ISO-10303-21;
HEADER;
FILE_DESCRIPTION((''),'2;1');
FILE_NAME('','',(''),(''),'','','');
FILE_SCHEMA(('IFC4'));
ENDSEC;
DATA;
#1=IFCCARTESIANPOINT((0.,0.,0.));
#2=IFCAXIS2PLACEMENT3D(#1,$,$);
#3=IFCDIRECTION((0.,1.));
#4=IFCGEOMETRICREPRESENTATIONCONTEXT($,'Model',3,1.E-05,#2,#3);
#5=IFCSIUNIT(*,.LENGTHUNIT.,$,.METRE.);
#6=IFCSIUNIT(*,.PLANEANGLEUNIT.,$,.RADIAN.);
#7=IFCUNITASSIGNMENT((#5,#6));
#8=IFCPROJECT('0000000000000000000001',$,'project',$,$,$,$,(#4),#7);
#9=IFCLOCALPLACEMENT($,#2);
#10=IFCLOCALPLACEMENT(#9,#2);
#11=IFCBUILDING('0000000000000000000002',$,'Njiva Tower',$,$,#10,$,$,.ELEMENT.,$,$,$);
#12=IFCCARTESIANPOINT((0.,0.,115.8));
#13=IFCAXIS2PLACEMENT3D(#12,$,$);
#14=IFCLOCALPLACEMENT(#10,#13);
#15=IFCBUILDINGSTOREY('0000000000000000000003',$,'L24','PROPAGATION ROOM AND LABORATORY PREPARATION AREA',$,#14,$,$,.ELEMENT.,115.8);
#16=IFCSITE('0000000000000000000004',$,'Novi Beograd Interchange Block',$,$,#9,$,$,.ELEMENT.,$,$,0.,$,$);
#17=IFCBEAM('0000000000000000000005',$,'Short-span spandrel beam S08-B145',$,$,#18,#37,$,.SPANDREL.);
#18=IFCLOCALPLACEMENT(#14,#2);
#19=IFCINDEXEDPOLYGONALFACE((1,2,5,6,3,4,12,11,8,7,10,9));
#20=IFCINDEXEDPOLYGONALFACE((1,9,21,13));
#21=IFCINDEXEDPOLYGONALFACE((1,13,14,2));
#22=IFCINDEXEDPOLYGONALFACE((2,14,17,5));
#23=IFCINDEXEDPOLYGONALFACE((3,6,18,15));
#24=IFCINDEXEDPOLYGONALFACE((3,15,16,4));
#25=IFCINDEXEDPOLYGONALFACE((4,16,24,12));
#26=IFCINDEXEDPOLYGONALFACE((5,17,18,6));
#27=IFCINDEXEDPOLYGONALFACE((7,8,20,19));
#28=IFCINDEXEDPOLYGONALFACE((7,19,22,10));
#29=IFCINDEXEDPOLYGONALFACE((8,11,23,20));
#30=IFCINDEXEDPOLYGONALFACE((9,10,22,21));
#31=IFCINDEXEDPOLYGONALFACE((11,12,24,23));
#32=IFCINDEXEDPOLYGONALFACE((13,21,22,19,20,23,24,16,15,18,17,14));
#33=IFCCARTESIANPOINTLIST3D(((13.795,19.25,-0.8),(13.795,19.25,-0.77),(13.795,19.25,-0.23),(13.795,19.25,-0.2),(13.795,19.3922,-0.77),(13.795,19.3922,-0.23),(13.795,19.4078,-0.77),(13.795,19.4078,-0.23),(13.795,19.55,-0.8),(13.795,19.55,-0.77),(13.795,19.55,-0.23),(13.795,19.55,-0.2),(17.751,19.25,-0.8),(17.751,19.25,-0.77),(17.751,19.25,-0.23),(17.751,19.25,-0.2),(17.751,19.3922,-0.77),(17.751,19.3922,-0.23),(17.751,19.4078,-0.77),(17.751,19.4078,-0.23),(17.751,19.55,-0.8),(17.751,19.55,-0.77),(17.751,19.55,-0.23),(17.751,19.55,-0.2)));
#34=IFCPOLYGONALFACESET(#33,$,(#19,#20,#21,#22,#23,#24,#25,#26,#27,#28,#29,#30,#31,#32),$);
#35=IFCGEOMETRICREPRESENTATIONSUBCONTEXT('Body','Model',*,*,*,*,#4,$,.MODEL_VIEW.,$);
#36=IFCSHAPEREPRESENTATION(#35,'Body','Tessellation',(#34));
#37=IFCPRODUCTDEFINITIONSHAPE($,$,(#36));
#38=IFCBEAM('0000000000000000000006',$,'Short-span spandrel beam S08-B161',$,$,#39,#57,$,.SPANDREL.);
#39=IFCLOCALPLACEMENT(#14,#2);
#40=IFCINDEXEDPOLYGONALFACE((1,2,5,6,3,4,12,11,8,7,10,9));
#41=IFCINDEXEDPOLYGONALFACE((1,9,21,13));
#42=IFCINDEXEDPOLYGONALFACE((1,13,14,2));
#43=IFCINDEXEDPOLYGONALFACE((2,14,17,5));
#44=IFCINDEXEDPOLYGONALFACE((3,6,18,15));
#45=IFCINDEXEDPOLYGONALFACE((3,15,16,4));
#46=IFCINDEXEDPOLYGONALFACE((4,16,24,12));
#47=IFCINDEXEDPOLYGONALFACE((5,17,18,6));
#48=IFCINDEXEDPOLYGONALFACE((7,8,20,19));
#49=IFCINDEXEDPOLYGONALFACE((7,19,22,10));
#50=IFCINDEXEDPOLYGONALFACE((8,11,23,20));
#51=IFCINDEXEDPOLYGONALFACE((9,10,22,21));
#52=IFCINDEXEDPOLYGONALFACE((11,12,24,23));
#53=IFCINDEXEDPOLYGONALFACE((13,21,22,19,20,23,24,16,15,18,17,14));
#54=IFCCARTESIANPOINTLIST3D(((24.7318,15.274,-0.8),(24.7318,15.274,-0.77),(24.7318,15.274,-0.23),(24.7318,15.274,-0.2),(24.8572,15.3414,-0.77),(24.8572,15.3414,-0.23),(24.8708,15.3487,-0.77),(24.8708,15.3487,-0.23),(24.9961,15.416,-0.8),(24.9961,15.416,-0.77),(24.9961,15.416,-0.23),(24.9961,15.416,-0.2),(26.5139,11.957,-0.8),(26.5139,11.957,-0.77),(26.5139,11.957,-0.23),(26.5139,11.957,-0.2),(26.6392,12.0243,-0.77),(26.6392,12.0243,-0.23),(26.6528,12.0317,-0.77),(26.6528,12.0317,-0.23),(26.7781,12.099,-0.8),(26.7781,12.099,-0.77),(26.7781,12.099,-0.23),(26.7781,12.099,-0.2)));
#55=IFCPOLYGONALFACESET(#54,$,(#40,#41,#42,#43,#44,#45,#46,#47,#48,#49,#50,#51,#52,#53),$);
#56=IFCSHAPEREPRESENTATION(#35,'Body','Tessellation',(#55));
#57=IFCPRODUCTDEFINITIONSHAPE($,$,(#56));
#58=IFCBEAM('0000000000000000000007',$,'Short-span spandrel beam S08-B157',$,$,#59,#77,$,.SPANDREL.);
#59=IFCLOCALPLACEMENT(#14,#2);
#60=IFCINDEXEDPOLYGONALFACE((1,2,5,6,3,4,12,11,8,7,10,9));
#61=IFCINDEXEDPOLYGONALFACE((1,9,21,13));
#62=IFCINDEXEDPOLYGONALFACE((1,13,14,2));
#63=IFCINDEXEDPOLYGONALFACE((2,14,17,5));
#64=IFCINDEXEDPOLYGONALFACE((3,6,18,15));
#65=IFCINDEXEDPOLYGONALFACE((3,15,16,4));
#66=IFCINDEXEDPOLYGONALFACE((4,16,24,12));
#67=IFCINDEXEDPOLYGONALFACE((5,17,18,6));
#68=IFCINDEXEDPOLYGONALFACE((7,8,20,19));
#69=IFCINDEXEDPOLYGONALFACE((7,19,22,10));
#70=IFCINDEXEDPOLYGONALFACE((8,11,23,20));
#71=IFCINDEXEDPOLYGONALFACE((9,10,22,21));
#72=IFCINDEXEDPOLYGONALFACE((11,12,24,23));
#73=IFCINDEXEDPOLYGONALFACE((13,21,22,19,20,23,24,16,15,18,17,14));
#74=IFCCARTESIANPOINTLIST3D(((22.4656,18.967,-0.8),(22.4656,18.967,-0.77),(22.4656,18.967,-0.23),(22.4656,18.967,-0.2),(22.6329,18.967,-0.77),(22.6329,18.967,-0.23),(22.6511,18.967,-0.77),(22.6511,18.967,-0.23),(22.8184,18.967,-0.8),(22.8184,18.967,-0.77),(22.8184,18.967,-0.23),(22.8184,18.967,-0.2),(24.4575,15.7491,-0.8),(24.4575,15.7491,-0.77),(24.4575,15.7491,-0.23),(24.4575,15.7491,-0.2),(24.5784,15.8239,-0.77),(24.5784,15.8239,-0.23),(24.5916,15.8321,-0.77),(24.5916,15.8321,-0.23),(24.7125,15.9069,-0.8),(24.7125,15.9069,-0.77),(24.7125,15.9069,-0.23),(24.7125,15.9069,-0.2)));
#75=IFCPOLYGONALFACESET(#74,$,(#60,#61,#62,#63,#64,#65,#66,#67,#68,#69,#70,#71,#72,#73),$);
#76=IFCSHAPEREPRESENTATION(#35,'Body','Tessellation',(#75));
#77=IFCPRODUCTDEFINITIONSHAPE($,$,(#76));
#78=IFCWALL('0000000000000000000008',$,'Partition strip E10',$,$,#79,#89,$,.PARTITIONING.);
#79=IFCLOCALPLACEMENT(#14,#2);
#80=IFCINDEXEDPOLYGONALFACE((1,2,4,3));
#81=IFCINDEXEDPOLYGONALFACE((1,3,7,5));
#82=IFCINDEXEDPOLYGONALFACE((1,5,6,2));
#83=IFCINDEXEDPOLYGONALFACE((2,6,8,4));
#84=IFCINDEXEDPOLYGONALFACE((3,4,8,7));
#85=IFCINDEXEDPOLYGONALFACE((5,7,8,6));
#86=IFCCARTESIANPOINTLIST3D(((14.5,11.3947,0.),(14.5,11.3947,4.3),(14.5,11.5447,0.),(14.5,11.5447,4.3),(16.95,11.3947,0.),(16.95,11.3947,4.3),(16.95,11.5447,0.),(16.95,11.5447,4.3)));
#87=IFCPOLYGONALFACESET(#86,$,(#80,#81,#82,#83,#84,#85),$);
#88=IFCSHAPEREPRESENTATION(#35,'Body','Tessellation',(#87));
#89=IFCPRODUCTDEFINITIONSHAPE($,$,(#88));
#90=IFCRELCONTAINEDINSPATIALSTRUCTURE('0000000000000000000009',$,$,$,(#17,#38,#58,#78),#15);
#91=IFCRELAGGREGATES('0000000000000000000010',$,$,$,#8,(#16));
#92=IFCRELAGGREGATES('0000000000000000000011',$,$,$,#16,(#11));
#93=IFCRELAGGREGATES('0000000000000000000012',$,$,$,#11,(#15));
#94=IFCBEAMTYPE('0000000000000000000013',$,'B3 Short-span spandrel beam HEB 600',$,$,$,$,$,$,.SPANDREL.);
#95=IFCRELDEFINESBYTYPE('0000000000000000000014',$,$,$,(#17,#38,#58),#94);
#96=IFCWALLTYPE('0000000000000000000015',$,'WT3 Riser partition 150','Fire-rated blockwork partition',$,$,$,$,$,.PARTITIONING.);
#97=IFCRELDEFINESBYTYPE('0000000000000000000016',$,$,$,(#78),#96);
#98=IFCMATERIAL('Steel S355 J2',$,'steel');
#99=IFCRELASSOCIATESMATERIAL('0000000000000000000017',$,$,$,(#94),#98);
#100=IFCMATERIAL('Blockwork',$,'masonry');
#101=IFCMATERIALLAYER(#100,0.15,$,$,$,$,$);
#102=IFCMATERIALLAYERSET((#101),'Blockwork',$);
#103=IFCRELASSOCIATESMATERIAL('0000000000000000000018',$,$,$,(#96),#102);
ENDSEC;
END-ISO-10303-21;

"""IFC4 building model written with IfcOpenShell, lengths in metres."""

from ifc_helpers import new_model, si_unit, direction, frame, frame_2d, origin, origin_2d, place, context, subcontext, project, spatial, rectangle, i_section, extrude, clip, halfspace, material, layer, layer_set, material_profile, profile_set, type_object, element, save


model = new_model("IFC4")

# Units and contexts
model_context = context("Model", 3, precision=1e-05, world=origin(), true_north=direction((0.0, 1.0)))
body_context = subcontext(model_context, "Body", "Model", "MODEL_VIEW")
ifc_project = project(units=[si_unit("LENGTHUNIT", "METRE"), si_unit("PLANEANGLEUNIT", "RADIAN")], contexts=[model_context])

# Site, building, storey
site_placement = place(None, origin())
site = spatial("IfcSite", under=ifc_project, at=site_placement, Name="Novi Beograd Interchange Block", CompositionType="ELEMENT", RefElevation=0.0)
building_placement = place(site_placement, origin())
building = spatial("IfcBuilding", under=site, at=building_placement, Name="Njiva Tower", CompositionType="ELEMENT")
storey_placement = place(building_placement, frame((0.0, 0.0, 115.8)))
storey = spatial("IfcBuildingStorey", under=building, at=storey_placement, Name="L24", Description="PROPAGATION ROOM AND LABORATORY PREPARATION AREA", CompositionType="ELEMENT", Elevation=115.8)

# Shared definitions
ifc_material_1 = material(Name="Steel S355 J2", Category="steel")

# Beams
ifc_material_profile_1 = material_profile(ifc_material_1, i_section(OverallWidth=0.3, OverallDepth=0.6, WebThickness=0.0155, FlangeThickness=0.03, at=origin_2d()), Name="HEB 600")
ifc_profile_set_1 = profile_set([ifc_material_profile_1], Name="Steel S355 J2")
beam_type_1 = type_object("IfcBeamType", Name="B3 Short-span spandrel beam HEB 600", PredefinedType="SPANDREL", material=ifc_profile_set_1)
beam_1_placement = place(storey_placement, frame((17.751, 19.4, -0.5), z_axis=(-1.0, 0.0, 0.0), x_axis=(0.0, -1.0, 0.0)))
element("IfcBeam", 1, at=beam_1_placement, inside=storey, type_object=beam_type_1, Name="Short-span spandrel beam S08-B145", PredefinedType="SPANDREL", context=body_context, shape_type="SweptSolid", body=[
    extrude(i_section(OverallWidth=0.3, OverallDepth=0.6, WebThickness=0.0155, FlangeThickness=0.03, at=origin_2d()), origin(), (0.0, 0.0, 1.0), 3.956),
])
beam_2_placement = place(storey_placement, frame((26.646, 12.028, -0.5), z_axis=(-0.47326, 0.880923, 0.0), x_axis=(-0.880923, -0.47326, 0.0)))
element("IfcBeam", 2, at=beam_2_placement, inside=storey, type_object=beam_type_1, Name="Short-span spandrel beam S08-B161", PredefinedType="SPANDREL", context=body_context, shape_type="SweptSolid", body=[
    extrude(i_section(OverallWidth=0.3, OverallDepth=0.6, WebThickness=0.0155, FlangeThickness=0.03, at=origin_2d()), origin(), (0.0, 0.0, 1.0), 3.7654),
])
beam_3_placement = place(storey_placement, frame((24.585, 15.828, -0.5), z_axis=(-0.526317, 0.850288, 0.0), x_axis=(-0.850288, -0.526317, 0.0)))
element("IfcBeam", 3, at=beam_3_placement, inside=storey, type_object=beam_type_1, Name="Short-span spandrel beam S08-B157", PredefinedType="SPANDREL", context=body_context, shape_type="Clipping", body=[
    clip(extrude(i_section(OverallWidth=0.3, OverallDepth=0.6, WebThickness=0.0155, FlangeThickness=0.03, at=origin_2d()), origin(), (0.0, 0.0, 1.0), 3.8047), halfspace(frame((-0.0263, 0.0, 3.6754), z_axis=(-0.526317, 0.0, 0.850288), x_axis=(0.0, 1.0, 0.0)), False)),
])

# Wall
ifc_material_2 = material(Name="Blockwork", Category="masonry")
ifc_layer_1 = layer(ifc_material_2, 0.15)
ifc_layer_set_1 = layer_set([ifc_layer_1], Name="Blockwork")
wall_type_1 = type_object("IfcWallType", Name="WT3 Riser partition 150", Description="Fire-rated blockwork partition", PredefinedType="PARTITIONING", material=ifc_layer_set_1)
wall_1_placement = place(storey_placement, frame((14.5, 11.4697, 0.0), z_axis=(0.0, 0.0, 1.0), x_axis=(1.0, 0.0, 0.0)))
element("IfcWall", 4, at=wall_1_placement, inside=storey, type_object=wall_type_1, Name="Partition strip E10", PredefinedType="PARTITIONING", context=body_context, shape_type="SweptSolid", body=[
    extrude(rectangle(XDim=2.45, YDim=0.15, at=frame_2d((1.225, 0.0))), origin(), (0.0, 0.0, 1.0), 4.3),
])

save(model, "model.ifc")
